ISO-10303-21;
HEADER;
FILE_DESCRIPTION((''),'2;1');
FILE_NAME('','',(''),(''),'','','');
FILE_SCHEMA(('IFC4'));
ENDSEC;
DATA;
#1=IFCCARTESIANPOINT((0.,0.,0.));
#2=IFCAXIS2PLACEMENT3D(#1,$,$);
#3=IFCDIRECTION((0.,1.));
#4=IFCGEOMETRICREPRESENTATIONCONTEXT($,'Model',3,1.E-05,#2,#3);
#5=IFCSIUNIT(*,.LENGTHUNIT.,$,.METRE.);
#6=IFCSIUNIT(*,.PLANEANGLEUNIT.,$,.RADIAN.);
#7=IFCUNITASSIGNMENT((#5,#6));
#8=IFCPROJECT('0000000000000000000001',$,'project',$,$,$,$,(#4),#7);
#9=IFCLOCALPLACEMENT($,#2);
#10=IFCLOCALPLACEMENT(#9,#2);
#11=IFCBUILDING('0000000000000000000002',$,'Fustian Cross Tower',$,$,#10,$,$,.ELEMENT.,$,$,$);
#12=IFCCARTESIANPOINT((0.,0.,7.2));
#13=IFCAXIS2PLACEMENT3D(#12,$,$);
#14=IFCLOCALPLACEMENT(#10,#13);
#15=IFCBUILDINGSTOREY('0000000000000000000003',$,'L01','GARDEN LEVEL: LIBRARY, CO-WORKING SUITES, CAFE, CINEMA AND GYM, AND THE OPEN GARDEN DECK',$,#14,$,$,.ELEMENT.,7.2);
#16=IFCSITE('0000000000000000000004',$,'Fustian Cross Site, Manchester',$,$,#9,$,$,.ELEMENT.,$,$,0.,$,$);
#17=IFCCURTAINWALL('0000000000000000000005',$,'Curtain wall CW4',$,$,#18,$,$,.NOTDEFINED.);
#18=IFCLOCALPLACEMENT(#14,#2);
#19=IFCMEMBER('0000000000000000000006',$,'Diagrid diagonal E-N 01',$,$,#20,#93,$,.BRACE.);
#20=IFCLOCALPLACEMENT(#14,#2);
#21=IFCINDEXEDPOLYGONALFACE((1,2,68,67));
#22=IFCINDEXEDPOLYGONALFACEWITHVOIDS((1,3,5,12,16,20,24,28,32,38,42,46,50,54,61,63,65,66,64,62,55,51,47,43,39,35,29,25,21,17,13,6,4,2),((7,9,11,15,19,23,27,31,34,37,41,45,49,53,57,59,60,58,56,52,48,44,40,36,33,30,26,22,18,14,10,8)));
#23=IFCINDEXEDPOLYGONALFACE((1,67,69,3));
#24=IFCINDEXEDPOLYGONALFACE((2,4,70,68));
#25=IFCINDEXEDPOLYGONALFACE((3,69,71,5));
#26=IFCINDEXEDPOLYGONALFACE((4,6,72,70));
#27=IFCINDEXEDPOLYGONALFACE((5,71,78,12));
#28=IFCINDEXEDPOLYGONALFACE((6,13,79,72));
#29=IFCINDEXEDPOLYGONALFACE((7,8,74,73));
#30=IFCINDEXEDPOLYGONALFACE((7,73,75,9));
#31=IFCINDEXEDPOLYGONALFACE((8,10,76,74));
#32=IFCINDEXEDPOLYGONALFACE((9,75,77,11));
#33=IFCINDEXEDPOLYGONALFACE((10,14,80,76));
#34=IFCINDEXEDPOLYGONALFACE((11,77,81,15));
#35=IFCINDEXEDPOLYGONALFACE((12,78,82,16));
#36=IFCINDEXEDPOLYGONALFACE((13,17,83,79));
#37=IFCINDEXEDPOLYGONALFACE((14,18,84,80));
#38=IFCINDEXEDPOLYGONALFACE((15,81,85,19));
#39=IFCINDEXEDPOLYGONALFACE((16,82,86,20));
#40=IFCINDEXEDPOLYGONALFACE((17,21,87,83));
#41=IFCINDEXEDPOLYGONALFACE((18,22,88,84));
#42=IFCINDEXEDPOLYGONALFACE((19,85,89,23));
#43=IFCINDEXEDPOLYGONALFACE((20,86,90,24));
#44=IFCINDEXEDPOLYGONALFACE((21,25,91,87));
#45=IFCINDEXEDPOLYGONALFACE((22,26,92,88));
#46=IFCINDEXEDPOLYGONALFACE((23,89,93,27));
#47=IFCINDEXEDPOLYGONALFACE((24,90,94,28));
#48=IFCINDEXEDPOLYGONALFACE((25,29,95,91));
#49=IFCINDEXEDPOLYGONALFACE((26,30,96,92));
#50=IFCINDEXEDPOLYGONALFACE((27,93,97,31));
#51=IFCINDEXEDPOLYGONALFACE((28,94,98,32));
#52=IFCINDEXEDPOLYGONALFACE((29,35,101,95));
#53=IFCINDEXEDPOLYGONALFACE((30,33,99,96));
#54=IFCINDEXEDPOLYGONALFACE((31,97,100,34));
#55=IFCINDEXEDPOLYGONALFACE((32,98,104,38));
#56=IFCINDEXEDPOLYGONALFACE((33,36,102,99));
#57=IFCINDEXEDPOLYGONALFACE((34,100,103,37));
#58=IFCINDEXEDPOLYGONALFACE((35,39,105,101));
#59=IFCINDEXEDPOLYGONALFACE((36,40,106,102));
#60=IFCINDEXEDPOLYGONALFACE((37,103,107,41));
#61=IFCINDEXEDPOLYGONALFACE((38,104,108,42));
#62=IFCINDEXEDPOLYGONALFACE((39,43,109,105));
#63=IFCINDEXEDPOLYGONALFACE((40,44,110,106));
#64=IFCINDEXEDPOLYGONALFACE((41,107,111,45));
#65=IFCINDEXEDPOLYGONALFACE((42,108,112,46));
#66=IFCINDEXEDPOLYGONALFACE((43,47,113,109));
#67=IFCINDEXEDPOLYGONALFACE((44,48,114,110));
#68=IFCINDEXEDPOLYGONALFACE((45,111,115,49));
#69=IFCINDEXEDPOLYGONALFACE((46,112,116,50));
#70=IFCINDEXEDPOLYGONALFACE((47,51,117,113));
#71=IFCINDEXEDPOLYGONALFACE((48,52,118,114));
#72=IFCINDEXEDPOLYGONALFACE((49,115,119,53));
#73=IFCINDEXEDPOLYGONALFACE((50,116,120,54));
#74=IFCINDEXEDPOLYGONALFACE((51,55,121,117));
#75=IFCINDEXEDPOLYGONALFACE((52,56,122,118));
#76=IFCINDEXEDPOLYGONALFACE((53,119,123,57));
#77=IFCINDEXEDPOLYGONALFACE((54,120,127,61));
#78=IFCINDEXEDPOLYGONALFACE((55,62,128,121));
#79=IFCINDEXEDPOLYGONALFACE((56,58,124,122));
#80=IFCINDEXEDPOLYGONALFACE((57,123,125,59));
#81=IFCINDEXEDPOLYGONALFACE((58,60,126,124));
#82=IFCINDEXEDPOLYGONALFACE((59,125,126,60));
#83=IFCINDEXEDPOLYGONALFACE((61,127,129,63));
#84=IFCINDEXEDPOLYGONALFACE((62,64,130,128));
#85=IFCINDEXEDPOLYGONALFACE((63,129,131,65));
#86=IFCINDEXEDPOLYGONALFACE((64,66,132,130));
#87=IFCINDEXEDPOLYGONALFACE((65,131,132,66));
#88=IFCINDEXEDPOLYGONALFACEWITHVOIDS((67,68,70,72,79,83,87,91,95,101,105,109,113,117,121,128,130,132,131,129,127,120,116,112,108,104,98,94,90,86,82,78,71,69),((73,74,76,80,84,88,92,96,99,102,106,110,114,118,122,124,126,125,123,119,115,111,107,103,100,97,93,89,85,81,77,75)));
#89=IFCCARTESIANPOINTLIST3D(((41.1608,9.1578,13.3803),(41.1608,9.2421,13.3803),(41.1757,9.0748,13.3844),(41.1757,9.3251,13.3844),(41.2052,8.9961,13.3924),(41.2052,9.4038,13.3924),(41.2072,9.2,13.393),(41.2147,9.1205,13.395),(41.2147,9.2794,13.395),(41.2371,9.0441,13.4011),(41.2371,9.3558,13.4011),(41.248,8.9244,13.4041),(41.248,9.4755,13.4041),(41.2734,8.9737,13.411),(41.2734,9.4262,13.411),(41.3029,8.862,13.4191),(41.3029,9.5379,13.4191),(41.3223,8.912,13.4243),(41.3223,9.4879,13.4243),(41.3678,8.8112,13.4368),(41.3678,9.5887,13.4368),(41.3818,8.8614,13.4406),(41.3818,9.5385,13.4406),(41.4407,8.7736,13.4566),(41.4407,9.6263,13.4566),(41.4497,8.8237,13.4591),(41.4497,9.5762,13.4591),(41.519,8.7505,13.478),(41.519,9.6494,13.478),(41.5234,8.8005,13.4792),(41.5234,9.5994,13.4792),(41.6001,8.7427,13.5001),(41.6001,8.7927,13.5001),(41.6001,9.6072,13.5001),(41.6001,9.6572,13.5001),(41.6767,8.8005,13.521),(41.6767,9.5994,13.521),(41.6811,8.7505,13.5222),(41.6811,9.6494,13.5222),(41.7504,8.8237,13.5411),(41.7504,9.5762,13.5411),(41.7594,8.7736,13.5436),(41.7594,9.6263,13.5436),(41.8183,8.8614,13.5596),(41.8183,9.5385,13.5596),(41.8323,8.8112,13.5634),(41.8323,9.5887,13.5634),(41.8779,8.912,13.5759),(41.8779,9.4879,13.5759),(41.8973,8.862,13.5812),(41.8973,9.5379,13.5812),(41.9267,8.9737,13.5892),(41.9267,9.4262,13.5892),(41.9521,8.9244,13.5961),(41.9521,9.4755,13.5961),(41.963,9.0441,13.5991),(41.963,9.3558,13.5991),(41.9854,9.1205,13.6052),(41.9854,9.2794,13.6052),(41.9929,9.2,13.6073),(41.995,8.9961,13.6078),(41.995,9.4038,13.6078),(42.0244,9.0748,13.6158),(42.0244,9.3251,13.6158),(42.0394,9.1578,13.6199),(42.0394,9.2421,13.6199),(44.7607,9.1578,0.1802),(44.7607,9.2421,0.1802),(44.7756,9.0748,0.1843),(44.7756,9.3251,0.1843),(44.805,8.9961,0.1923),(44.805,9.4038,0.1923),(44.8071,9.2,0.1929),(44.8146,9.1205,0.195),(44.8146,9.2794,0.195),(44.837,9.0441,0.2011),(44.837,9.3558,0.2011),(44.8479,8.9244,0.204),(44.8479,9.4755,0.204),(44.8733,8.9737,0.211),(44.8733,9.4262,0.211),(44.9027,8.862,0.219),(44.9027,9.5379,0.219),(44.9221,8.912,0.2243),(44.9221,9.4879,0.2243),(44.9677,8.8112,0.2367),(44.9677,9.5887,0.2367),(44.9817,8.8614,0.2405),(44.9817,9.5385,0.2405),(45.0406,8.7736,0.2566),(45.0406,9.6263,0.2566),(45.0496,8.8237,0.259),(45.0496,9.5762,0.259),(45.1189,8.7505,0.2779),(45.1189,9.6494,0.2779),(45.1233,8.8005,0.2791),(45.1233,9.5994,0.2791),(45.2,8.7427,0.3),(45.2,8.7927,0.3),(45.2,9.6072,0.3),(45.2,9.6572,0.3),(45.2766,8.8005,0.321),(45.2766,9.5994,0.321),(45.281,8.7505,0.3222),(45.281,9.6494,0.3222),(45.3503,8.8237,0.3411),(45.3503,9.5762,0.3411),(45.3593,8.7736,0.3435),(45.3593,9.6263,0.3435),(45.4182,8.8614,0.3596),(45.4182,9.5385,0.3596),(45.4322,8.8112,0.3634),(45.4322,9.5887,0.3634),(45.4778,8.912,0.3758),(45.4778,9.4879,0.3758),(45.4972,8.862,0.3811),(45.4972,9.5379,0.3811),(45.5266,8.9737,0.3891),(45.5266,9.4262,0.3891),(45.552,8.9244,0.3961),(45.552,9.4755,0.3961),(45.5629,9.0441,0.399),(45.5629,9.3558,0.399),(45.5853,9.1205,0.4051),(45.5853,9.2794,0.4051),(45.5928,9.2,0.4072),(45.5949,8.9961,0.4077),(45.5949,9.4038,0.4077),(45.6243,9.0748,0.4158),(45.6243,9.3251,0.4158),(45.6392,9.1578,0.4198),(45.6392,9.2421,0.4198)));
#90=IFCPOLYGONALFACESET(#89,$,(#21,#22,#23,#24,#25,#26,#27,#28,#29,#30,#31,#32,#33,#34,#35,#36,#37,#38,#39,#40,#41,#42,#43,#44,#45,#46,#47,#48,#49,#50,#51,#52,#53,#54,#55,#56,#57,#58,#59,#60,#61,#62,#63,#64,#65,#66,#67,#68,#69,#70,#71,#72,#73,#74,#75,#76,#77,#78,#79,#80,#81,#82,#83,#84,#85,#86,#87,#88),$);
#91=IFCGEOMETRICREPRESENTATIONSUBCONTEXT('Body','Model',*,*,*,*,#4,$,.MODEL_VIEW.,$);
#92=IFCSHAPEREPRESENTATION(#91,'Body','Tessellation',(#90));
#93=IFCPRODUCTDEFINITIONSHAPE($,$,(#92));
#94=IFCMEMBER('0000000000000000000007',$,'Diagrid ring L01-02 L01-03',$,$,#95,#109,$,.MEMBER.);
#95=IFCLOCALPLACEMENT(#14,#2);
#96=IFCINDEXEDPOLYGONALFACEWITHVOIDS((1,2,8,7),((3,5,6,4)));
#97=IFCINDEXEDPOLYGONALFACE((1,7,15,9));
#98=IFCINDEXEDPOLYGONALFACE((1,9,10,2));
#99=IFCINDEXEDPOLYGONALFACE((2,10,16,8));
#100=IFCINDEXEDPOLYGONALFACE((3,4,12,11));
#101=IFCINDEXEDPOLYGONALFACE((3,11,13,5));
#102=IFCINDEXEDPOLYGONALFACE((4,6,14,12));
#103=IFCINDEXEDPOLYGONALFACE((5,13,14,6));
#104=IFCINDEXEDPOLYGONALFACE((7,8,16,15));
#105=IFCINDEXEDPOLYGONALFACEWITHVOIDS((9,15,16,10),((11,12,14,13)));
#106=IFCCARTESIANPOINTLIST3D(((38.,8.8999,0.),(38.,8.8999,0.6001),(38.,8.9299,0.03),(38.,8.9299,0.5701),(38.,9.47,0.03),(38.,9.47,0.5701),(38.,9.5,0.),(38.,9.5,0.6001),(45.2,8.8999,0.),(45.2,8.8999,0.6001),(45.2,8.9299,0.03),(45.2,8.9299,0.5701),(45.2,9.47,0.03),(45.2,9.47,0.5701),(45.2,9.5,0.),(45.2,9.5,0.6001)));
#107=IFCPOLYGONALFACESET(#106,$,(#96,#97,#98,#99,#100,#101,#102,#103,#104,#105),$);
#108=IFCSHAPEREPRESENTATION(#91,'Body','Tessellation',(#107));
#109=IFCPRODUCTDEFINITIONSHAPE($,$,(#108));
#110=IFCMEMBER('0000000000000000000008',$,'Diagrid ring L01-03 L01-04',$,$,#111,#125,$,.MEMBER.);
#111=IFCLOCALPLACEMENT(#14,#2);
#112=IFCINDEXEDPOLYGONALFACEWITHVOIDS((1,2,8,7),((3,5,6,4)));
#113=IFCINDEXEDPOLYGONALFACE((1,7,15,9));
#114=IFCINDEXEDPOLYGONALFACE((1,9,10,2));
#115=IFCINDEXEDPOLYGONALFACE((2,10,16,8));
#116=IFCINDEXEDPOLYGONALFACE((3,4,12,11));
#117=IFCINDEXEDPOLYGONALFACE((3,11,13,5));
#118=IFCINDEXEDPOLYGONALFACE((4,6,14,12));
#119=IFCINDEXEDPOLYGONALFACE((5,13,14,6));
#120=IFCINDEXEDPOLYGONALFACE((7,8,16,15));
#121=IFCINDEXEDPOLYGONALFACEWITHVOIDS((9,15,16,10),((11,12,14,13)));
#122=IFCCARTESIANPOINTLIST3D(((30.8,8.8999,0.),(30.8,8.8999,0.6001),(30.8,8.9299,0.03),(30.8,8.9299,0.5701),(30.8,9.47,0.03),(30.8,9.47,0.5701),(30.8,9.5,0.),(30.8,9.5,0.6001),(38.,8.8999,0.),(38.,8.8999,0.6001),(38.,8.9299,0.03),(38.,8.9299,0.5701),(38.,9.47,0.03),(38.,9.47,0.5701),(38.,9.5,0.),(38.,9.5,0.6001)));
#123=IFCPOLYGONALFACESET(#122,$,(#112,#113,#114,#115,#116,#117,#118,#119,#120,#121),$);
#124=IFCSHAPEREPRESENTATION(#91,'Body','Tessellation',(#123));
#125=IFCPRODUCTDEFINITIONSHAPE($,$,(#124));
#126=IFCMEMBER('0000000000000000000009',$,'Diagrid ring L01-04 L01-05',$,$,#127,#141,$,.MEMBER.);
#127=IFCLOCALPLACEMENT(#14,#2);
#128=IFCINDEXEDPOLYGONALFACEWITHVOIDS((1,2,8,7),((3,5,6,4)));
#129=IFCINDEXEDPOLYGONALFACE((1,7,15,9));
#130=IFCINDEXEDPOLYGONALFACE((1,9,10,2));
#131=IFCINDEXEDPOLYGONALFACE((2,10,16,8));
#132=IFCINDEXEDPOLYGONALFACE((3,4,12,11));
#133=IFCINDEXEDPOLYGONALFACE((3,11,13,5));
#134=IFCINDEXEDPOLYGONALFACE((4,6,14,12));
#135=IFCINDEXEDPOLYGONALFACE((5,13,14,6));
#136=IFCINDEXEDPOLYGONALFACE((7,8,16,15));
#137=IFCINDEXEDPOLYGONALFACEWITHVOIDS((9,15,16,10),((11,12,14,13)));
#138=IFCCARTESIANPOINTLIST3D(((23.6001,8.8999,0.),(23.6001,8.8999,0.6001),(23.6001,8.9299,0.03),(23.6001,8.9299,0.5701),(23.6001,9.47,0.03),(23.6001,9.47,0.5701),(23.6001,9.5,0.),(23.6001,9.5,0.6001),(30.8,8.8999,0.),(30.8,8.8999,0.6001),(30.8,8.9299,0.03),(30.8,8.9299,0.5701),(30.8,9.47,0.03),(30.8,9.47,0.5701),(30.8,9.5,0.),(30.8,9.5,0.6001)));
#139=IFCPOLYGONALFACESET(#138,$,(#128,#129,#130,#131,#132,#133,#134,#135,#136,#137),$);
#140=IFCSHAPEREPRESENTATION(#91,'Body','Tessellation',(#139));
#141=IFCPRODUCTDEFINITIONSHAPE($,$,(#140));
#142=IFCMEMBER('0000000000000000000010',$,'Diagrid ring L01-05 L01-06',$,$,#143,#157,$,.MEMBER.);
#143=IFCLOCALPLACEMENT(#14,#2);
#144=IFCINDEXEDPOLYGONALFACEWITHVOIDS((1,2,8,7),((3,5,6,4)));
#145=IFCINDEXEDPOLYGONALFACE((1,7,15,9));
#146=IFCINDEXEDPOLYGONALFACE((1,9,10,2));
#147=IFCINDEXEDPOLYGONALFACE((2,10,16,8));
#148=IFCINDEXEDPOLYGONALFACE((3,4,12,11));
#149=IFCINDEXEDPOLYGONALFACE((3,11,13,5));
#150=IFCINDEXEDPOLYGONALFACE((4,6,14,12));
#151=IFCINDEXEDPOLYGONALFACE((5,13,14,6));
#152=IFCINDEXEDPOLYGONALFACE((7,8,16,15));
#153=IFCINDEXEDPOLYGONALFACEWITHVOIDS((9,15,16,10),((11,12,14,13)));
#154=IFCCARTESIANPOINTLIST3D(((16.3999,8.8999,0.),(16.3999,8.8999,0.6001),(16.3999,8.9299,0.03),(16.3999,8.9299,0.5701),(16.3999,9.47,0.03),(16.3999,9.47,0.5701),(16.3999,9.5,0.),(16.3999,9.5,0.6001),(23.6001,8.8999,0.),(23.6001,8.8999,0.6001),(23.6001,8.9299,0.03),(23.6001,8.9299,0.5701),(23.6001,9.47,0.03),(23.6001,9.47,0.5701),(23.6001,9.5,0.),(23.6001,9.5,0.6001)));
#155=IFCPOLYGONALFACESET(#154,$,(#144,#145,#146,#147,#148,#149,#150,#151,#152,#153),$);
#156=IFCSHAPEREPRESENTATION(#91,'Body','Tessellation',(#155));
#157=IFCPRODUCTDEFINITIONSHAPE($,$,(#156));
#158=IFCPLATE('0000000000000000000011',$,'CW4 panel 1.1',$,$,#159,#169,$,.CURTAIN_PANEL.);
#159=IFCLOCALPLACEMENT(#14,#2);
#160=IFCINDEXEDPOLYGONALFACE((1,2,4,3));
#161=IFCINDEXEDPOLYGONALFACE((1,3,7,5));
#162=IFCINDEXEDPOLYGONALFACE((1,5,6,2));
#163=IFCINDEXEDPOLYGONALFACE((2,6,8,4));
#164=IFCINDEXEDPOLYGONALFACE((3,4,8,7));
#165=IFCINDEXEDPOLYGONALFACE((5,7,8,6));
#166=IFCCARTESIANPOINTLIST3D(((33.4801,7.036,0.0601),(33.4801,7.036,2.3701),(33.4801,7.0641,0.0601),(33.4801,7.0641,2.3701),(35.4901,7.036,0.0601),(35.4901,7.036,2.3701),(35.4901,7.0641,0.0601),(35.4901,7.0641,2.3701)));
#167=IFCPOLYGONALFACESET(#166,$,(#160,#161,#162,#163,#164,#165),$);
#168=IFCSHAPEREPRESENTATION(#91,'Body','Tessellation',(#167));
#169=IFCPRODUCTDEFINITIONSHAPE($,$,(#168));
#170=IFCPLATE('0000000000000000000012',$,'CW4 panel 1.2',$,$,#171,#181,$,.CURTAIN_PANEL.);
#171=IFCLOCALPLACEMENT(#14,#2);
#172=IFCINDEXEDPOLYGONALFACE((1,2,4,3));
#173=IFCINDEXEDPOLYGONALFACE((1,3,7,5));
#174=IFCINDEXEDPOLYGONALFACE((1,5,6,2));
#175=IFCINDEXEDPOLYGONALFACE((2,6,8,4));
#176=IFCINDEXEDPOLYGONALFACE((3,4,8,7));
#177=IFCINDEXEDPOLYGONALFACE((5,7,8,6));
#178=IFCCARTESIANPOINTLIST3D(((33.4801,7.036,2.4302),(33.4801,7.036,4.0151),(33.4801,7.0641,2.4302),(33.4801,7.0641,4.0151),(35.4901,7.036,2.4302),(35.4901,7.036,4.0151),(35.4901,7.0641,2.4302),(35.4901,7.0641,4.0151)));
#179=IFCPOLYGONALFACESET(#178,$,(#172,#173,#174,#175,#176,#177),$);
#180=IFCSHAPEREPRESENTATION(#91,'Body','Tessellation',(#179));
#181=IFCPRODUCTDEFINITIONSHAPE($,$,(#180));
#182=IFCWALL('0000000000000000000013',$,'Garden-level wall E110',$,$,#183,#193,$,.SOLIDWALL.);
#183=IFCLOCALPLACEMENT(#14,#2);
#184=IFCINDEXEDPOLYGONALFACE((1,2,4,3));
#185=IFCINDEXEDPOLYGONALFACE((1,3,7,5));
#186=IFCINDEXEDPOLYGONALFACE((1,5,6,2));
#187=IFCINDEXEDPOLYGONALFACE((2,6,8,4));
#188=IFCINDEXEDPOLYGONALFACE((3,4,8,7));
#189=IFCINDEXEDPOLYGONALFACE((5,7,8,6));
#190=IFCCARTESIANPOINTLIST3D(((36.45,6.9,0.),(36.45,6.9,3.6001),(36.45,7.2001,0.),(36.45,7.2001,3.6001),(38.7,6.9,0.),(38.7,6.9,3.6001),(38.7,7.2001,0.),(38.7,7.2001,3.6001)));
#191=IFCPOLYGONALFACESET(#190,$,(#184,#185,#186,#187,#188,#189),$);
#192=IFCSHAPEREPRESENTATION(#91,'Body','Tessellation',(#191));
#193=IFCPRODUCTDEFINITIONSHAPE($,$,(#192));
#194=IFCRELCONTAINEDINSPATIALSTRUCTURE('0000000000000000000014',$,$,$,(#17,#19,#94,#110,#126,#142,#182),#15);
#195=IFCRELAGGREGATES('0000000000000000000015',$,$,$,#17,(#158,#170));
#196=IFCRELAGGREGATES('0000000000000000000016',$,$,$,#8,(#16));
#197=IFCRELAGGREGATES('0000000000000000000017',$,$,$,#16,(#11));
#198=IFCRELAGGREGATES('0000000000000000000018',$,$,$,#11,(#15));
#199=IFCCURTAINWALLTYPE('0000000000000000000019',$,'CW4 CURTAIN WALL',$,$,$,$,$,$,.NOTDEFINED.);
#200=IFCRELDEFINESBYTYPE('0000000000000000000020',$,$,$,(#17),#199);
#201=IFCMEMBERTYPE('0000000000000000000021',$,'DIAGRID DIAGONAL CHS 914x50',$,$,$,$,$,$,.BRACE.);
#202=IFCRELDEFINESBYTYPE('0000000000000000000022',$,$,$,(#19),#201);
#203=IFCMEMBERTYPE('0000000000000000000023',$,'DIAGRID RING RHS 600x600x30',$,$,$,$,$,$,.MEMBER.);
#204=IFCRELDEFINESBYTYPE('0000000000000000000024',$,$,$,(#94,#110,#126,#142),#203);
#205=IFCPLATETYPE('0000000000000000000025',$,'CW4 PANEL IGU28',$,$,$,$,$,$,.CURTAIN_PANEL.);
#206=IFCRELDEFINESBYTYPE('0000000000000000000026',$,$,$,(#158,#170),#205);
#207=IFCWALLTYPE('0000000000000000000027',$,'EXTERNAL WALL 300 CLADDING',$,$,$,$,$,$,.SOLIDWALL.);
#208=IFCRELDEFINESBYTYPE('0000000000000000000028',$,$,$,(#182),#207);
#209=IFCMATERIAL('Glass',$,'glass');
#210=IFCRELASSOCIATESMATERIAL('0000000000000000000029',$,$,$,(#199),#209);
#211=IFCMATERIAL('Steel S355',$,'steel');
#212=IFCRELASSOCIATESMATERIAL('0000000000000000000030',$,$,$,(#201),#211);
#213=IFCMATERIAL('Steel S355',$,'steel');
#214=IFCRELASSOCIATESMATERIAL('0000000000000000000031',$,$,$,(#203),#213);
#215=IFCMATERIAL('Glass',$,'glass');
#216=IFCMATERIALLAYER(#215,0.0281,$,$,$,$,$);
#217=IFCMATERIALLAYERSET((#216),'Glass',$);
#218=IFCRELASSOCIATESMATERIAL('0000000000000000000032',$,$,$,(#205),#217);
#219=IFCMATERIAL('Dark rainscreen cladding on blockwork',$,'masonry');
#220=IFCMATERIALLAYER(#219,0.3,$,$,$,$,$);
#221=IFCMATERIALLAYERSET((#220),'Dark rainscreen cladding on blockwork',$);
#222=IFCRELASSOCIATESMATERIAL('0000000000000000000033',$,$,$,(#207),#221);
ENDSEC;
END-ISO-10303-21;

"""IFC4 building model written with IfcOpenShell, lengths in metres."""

from ifc_helpers import new_model, si_unit, direction, frame, frame_2d, origin, origin_2d, place, context, subcontext, project, spatial, rectangle, hollow_rectangle, hollow_circle, extrude, material, layer, layer_set, material_profile, profile_set, type_object, element, aggregate, save


model = new_model("IFC4")

# Units and contexts
model_context = context("Model", 3, precision=1e-05, world=origin(), true_north=direction((0.0, 1.0)))
body_context = subcontext(model_context, "Body", "Model", "MODEL_VIEW")
ifc_project = project(units=[si_unit("LENGTHUNIT", "METRE"), si_unit("PLANEANGLEUNIT", "RADIAN")], contexts=[model_context])

# Site, building, storey
site_placement = place(None, origin())
site = spatial("IfcSite", under=ifc_project, at=site_placement, Name="Fustian Cross Site, Manchester", CompositionType="ELEMENT", RefElevation=0.0)
building_placement = place(site_placement, origin())
building = spatial("IfcBuilding", under=site, at=building_placement, Name="Fustian Cross Tower", CompositionType="ELEMENT")
storey_placement = place(building_placement, frame((0.0, 0.0, 7.2)))
storey = spatial("IfcBuildingStorey", under=building, at=storey_placement, Name="L01", Description="GARDEN LEVEL: LIBRARY, CO-WORKING SUITES, CAFE, CINEMA AND GYM, AND THE OPEN GARDEN DECK", CompositionType="ELEMENT", Elevation=7.2)

# Curtain wall
ifc_material_1 = material(Name="Glass", Category="glass")
curtain_wall_type = type_object("IfcCurtainWallType", Name="CW4 CURTAIN WALL", PredefinedType="NOTDEFINED", material=ifc_material_1)
curtain_wall_placement = place(storey_placement, origin())
curtain_wall = element("IfcCurtainWall", 1, at=curtain_wall_placement, inside=storey, type_object=curtain_wall_type, Name="Curtain wall CW4", PredefinedType="NOTDEFINED")

# Members
ifc_material_2 = material(Name="Steel S355", Category="steel")
ifc_material_profile_1 = material_profile(ifc_material_2, hollow_circle(Radius=0.4573, WallThickness=0.05, at=origin_2d()), Name="CHS 914x50")
ifc_profile_set_1 = profile_set([ifc_material_profile_1], Name="Steel S355")
member_type_1 = type_object("IfcMemberType", Name="DIAGRID DIAGONAL CHS 914x50", PredefinedType="BRACE", material=ifc_profile_set_1)
member_1_placement = place(storey_placement, frame((45.2, 9.2, 0.3), z_axis=(-0.263108, 0.0, 0.964766), x_axis=(0.0, -1.0, 0.0)))
element("IfcMember", 2, at=member_1_placement, inside=storey, type_object=member_type_1, Name="Diagrid diagonal E-N 01", PredefinedType="BRACE", context=body_context, shape_type="SweptSolid", body=[
    extrude(hollow_circle(Radius=0.4573, WallThickness=0.05, at=origin_2d()), origin(), (0.0, 0.0, 1.0), 13.6821),
])
ifc_material_3 = material(Name="Steel S355", Category="steel")
ifc_material_profile_2 = material_profile(ifc_material_3, hollow_rectangle(XDim=0.6001, YDim=0.6001, WallThickness=0.03, at=origin_2d()), Name="RHS 600x600x30")
ifc_profile_set_2 = profile_set([ifc_material_profile_2], Name="Steel S355")
member_type_2 = type_object("IfcMemberType", Name="DIAGRID RING RHS 600x600x30", PredefinedType="MEMBER", material=ifc_profile_set_2)
for number, where, z_axis, x_axis, name in (
    (3, (45.2, 9.2, 0.3), (-1.0, 0.0, 0.0), (0.0, -1.0, 0.0), "Diagrid ring L01-02 L01-03"),
    (4, (38.0, 9.2, 0.3), (-1.0, 0.0, 0.0), (0.0, -1.0, 0.0), "Diagrid ring L01-03 L01-04"),
    (5, (30.8, 9.2, 0.3), (-1.0, 0.0, 0.0), (0.0, -1.0, 0.0), "Diagrid ring L01-04 L01-05"),
):
    element("IfcMember", number, at=place(storey_placement, frame(where, z_axis=z_axis, x_axis=x_axis)), inside=storey, type_object=member_type_2, Name=name, PredefinedType="MEMBER", context=body_context, shape_type="SweptSolid", body=[
        extrude(hollow_rectangle(XDim=0.6001, YDim=0.6001, WallThickness=0.03, at=origin_2d()), origin(), (0.0, 0.0, 1.0), 7.2),
    ])
member_2_placement = place(storey_placement, frame((23.6001, 9.2, 0.3), z_axis=(-1.0, 0.0, 0.0), x_axis=(0.0, -1.0, 0.0)))
element("IfcMember", 6, at=member_2_placement, inside=storey, type_object=member_type_2, Name="Diagrid ring L01-05 L01-06", PredefinedType="MEMBER", context=body_context, shape_type="SweptSolid", body=[
    extrude(hollow_rectangle(XDim=0.6001, YDim=0.6001, WallThickness=0.03, at=origin_2d()), origin(), (0.0, 0.0, 1.0), 7.2002),
])

# Plates
ifc_material_4 = material(Name="Glass", Category="glass")
ifc_layer_1 = layer(ifc_material_4, 0.0281)
ifc_layer_set_1 = layer_set([ifc_layer_1], Name="Glass")
plate_type = type_object("IfcPlateType", Name="CW4 PANEL IGU28", PredefinedType="CURTAIN_PANEL", material=ifc_layer_set_1)
plate_1_placement = place(storey_placement, frame((34.4851, 7.05, 0.0601), z_axis=(0.0, 0.0, 1.0), x_axis=(-1.0, 0.0, 0.0)))
plate_1 = element("IfcPlate", 7, at=plate_1_placement, type_object=plate_type, Name="CW4 panel 1.1", PredefinedType="CURTAIN_PANEL", context=body_context, shape_type="SweptSolid", body=[
    extrude(rectangle(XDim=2.01, YDim=0.0281, at=origin_2d()), origin(), (0.0, 0.0, 1.0), 2.3101),
])
plate_2_placement = place(storey_placement, frame((34.4851, 7.05, 2.4302), z_axis=(0.0, 0.0, 1.0), x_axis=(-1.0, 0.0, 0.0)))
plate_2 = element("IfcPlate", 8, at=plate_2_placement, type_object=plate_type, Name="CW4 panel 1.2", PredefinedType="CURTAIN_PANEL", context=body_context, shape_type="SweptSolid", body=[
    extrude(rectangle(XDim=2.01, YDim=0.0281, at=origin_2d()), origin(), (0.0, 0.0, 1.0), 1.585),
])
aggregate(curtain_wall, [plate_1, plate_2])

# Wall
ifc_material_5 = material(Name="Dark rainscreen cladding on blockwork", Category="masonry")
ifc_layer_2 = layer(ifc_material_5, 0.3)
ifc_layer_set_2 = layer_set([ifc_layer_2], Name="Dark rainscreen cladding on blockwork")
wall_type_1 = type_object("IfcWallType", Name="EXTERNAL WALL 300 CLADDING", PredefinedType="SOLIDWALL", material=ifc_layer_set_2)
wall_1_placement = place(storey_placement, frame((38.7, 7.05, 0.0), z_axis=(0.0, 0.0, 1.0), x_axis=(-1.0, 0.0, 0.0)))
element("IfcWall", 9, at=wall_1_placement, inside=storey, type_object=wall_type_1, Name="Garden-level wall E110", PredefinedType="SOLIDWALL", context=body_context, shape_type="SweptSolid", body=[
    extrude(rectangle(XDim=2.25, YDim=0.3, at=frame_2d((1.125, 0.0))), origin(), (0.0, 0.0, 1.0), 3.6001),
])

save(model, "model.ifc")
